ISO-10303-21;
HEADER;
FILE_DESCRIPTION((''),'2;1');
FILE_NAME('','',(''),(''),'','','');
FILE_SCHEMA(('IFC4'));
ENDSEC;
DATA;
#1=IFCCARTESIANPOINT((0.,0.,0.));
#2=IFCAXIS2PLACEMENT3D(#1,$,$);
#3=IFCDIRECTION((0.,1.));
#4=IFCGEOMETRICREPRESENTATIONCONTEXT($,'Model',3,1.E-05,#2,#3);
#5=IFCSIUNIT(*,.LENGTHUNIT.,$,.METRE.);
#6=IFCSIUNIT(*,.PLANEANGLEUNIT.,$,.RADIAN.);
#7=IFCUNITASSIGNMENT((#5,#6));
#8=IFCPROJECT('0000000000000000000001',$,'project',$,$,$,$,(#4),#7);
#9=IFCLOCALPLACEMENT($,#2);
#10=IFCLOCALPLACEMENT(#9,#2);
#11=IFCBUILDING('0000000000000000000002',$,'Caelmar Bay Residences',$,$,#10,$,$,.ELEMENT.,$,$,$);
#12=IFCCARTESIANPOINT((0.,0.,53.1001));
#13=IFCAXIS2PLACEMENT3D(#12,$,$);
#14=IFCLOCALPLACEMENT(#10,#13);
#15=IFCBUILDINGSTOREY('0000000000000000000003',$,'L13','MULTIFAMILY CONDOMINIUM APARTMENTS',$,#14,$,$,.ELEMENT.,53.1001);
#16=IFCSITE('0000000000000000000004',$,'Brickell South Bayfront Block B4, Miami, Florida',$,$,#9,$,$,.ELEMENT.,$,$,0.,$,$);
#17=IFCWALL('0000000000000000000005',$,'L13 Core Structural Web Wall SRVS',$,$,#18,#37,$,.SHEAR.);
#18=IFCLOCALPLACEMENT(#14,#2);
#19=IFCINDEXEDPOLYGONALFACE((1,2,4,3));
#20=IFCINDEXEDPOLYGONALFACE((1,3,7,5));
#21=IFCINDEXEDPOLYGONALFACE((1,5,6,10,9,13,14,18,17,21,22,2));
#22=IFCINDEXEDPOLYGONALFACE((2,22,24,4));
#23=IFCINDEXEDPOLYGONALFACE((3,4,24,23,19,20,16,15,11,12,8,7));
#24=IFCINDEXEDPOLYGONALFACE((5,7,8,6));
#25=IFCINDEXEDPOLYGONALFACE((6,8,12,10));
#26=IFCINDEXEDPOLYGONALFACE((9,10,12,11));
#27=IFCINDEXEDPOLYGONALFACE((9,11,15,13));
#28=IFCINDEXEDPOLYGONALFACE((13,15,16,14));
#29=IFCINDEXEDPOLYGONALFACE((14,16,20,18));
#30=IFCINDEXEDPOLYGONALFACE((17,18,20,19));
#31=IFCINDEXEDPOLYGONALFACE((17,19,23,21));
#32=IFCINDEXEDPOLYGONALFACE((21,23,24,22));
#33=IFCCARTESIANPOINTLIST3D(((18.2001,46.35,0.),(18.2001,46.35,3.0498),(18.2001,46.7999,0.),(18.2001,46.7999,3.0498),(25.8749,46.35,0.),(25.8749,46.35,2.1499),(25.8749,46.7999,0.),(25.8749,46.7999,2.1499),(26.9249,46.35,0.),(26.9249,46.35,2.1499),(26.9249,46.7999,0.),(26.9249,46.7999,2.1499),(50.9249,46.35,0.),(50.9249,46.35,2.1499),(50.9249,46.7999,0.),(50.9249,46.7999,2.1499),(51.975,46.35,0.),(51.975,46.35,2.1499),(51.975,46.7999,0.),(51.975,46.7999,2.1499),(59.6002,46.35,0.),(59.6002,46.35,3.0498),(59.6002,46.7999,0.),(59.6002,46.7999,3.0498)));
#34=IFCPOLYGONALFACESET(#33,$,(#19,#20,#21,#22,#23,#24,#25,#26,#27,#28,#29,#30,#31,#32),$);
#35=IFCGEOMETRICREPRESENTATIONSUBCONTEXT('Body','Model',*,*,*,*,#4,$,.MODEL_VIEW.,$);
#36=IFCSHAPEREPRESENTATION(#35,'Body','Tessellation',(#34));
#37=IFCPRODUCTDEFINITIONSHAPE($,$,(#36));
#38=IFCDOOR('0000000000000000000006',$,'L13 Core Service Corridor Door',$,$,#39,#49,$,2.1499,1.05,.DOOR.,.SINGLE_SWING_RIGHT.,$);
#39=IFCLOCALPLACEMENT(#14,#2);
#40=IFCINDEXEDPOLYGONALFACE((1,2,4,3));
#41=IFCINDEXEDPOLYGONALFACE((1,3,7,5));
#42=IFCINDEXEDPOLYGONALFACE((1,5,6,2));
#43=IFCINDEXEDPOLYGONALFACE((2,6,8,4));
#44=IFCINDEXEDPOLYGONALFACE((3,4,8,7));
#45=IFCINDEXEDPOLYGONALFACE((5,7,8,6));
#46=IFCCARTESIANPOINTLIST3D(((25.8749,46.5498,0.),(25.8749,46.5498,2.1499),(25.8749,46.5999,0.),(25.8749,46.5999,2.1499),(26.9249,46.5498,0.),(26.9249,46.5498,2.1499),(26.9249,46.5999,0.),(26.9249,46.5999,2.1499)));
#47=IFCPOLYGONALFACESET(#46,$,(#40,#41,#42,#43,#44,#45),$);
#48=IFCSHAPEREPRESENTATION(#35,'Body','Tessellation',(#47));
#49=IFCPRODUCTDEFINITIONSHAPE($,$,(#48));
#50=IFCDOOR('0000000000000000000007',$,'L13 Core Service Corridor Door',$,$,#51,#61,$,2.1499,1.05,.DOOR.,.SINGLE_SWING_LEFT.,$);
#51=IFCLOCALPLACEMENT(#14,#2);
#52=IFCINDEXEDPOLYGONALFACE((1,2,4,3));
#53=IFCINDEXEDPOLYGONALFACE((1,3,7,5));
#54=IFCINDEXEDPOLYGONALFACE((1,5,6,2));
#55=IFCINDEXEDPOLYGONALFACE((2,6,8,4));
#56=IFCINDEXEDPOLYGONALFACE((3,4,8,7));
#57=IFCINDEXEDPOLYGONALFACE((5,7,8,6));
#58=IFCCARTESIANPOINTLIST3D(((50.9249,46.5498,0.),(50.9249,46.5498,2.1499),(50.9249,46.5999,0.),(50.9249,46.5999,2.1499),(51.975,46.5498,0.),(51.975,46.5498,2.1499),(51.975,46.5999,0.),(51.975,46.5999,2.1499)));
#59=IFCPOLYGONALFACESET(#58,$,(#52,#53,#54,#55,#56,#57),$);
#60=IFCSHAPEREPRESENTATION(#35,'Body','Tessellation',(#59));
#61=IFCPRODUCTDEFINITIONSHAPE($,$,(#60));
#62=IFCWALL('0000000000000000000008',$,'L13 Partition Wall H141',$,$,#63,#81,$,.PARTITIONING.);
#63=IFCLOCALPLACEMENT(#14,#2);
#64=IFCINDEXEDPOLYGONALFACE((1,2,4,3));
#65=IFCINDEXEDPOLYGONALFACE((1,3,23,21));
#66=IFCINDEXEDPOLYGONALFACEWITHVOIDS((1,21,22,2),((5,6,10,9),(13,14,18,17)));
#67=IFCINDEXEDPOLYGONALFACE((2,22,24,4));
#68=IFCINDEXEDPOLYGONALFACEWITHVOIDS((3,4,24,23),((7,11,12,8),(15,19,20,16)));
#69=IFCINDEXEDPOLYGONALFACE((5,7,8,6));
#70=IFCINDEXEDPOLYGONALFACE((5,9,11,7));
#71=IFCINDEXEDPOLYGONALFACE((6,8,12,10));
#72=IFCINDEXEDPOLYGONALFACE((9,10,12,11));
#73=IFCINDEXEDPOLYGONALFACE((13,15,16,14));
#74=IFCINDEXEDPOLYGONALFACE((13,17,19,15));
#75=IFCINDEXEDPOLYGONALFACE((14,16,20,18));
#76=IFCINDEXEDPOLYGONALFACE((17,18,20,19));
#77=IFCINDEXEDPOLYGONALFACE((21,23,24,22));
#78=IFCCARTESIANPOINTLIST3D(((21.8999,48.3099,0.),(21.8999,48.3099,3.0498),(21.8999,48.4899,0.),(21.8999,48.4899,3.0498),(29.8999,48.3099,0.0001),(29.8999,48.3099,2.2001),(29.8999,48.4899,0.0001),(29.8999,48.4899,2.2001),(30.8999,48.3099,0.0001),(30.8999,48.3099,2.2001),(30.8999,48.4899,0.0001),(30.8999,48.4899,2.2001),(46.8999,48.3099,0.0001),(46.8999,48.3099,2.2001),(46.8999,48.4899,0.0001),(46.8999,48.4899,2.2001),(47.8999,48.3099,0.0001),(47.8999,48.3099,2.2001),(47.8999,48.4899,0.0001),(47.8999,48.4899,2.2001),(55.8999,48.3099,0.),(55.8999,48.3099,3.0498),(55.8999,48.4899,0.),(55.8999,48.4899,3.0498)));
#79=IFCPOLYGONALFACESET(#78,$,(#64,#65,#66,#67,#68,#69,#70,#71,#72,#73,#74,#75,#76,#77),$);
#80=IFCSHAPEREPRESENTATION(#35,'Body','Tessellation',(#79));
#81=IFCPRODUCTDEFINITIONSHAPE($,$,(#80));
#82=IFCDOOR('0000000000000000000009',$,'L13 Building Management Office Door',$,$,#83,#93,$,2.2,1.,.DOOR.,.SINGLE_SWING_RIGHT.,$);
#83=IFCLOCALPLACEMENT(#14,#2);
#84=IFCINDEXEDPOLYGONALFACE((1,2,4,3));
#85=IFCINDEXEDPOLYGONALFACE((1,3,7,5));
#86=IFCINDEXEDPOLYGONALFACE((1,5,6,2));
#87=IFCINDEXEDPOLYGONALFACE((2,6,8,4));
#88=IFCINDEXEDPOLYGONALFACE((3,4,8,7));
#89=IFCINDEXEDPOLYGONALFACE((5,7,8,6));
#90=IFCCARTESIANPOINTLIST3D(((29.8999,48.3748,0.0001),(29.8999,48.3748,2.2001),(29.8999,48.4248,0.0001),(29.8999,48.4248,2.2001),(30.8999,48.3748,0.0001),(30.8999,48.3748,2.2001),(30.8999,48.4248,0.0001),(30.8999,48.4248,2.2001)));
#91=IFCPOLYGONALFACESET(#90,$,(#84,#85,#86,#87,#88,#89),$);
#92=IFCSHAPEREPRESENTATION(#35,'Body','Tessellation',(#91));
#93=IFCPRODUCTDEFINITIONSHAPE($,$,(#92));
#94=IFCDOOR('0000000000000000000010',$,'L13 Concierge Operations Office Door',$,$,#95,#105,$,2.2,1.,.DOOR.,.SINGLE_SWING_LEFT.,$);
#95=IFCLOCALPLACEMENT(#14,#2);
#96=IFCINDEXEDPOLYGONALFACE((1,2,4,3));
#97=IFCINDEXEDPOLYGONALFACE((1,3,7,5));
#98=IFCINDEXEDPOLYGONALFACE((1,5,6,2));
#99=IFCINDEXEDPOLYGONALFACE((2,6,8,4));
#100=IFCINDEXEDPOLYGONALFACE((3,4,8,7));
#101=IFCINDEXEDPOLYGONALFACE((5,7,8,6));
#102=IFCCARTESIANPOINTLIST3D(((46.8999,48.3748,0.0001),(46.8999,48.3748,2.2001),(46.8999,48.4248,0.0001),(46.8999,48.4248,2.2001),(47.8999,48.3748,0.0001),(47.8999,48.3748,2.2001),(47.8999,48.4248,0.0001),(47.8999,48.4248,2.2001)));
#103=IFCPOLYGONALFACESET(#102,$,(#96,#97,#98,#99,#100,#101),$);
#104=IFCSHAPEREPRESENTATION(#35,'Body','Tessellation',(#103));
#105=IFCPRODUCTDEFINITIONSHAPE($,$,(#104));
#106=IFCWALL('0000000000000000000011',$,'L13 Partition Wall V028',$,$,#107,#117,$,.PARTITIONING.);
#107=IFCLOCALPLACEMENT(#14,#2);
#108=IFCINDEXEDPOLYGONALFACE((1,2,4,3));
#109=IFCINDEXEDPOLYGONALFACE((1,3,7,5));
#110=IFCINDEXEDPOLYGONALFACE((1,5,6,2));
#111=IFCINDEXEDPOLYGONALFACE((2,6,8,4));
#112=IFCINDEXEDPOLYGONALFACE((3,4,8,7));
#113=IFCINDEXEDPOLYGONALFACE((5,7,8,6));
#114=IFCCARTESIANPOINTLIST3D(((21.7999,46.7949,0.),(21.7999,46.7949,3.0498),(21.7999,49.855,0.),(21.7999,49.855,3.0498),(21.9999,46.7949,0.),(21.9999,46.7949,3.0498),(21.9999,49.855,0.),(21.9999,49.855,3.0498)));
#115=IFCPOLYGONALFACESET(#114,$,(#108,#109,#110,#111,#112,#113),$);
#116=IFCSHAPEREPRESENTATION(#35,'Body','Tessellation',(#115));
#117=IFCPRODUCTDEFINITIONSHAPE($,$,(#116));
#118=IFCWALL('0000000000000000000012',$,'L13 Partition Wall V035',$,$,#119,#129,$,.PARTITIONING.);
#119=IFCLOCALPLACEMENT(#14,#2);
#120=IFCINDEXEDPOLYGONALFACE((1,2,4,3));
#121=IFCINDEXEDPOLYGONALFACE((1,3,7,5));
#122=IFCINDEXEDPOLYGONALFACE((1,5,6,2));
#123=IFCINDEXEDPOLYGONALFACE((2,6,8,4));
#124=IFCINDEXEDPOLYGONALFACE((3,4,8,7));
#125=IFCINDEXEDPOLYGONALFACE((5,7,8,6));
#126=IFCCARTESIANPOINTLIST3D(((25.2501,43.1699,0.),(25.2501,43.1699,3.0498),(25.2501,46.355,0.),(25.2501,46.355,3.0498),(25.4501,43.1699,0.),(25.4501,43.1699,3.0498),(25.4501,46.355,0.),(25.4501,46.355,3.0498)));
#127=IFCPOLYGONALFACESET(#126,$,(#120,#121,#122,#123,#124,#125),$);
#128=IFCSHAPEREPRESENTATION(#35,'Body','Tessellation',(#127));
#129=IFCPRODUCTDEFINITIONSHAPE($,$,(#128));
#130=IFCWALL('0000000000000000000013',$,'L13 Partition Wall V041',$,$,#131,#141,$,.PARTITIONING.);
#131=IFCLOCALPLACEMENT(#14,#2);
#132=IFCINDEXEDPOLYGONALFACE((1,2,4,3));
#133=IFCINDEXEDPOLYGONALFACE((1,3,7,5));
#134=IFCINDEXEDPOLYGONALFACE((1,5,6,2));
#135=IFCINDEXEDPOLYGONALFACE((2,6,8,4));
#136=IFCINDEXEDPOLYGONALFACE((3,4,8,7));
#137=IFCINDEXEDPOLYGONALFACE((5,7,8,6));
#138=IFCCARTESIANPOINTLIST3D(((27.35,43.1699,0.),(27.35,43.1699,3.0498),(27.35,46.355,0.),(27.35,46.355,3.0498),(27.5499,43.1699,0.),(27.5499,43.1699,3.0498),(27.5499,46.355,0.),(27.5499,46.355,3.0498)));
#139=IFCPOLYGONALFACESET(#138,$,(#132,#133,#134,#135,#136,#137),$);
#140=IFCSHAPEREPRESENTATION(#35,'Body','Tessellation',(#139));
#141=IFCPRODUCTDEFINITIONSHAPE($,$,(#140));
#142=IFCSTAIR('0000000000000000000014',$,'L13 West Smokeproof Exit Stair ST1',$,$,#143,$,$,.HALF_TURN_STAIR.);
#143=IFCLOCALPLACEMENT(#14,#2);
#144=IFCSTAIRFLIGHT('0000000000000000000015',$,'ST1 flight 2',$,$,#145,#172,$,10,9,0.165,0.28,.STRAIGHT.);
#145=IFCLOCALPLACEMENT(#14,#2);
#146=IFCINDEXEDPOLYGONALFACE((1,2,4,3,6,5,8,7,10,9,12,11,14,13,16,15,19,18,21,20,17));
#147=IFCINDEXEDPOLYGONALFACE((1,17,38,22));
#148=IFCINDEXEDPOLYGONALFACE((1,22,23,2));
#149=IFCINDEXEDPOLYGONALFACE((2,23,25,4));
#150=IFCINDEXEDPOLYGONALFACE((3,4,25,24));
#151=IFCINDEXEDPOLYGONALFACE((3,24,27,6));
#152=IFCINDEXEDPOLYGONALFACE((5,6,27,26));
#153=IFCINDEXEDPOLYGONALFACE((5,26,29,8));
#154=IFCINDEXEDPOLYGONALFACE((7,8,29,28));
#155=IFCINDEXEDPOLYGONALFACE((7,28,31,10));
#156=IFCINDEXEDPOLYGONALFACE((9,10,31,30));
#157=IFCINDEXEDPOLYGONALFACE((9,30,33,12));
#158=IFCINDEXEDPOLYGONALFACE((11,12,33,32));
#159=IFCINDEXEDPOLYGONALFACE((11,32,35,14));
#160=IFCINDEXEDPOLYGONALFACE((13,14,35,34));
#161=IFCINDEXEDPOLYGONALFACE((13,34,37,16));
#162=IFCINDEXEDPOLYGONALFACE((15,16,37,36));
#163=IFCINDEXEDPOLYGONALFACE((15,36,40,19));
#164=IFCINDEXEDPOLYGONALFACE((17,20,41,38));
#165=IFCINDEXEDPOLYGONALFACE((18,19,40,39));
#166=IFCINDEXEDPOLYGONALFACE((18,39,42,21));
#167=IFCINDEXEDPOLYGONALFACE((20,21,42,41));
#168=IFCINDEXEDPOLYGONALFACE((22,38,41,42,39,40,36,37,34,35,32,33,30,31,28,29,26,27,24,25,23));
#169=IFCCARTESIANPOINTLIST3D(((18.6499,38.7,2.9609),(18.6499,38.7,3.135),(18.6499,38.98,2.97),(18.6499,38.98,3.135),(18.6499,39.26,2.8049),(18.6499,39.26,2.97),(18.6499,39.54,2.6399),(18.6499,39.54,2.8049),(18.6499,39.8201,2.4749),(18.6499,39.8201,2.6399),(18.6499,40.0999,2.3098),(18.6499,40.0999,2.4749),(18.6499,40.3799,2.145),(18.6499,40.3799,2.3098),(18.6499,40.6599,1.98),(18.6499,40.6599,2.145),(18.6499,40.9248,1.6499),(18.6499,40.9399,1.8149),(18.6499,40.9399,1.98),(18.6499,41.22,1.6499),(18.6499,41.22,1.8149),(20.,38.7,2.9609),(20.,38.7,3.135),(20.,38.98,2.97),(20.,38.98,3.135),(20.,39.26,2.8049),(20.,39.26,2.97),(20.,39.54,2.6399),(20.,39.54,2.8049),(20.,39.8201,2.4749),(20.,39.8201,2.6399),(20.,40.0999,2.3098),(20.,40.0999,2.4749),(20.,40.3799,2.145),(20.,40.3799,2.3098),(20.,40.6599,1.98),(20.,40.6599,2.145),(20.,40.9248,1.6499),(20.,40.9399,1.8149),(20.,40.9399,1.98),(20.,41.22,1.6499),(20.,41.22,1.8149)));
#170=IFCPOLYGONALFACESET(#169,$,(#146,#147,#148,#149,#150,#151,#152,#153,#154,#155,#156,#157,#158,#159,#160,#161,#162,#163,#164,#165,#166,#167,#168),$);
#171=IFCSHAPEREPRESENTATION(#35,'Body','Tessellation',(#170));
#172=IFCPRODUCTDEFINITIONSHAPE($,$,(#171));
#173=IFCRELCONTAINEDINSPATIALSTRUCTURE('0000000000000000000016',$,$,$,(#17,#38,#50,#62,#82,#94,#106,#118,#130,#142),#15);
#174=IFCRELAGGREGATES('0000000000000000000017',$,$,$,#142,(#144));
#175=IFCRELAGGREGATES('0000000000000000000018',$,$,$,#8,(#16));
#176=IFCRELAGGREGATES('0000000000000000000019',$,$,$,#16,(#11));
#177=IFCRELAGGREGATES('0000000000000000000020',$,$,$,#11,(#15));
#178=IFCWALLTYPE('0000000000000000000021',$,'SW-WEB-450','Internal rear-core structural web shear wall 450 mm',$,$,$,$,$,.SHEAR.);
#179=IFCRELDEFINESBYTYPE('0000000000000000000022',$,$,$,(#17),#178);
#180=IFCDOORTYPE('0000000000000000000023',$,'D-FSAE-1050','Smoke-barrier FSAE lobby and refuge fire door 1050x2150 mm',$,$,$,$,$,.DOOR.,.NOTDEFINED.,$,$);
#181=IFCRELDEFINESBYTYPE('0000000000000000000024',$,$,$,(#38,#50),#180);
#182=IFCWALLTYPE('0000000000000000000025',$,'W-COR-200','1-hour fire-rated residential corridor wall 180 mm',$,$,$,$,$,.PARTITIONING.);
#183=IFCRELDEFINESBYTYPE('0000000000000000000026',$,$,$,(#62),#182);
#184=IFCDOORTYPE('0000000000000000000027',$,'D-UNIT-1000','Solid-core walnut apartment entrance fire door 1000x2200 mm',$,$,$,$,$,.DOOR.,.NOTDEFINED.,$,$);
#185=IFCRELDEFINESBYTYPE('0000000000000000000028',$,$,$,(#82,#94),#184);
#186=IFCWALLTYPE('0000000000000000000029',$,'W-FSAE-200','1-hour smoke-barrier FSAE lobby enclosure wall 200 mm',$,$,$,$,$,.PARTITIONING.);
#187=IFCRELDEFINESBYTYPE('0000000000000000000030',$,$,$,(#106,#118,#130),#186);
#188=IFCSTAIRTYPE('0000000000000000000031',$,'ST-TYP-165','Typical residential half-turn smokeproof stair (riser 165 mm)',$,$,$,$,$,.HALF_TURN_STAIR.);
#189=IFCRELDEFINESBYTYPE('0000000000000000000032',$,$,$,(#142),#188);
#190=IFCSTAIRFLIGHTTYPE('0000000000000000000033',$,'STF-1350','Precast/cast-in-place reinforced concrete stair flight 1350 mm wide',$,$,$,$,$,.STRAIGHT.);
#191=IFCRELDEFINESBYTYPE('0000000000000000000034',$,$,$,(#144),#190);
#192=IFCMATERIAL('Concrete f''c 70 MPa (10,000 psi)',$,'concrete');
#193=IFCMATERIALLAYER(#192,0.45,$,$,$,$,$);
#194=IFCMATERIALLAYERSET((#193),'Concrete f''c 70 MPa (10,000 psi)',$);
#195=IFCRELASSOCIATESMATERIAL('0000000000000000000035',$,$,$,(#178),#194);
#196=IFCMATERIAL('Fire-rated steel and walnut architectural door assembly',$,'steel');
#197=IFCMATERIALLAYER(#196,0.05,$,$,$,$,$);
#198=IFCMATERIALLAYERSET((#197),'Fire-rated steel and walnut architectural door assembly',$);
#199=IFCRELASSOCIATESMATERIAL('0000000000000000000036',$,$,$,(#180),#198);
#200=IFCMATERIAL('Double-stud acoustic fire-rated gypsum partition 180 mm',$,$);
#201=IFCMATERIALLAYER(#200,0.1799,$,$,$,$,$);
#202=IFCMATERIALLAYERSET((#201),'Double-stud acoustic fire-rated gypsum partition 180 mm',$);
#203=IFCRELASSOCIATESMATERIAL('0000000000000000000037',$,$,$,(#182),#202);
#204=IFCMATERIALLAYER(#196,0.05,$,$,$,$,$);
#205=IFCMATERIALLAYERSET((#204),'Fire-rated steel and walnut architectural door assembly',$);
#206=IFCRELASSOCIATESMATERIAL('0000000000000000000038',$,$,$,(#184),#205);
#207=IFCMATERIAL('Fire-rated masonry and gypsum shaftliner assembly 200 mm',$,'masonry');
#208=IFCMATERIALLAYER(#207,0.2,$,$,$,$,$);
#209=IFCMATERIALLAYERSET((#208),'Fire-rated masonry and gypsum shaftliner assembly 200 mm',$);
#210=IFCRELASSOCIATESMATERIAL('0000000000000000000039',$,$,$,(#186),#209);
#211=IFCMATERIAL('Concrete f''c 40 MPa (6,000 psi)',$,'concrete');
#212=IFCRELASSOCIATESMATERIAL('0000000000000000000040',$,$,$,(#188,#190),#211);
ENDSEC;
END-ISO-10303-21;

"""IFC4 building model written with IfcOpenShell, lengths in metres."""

from ifc_helpers import new_model, si_unit, direction, frame, frame_2d, origin, place, context, subcontext, project, spatial, polyline, rectangle, outline, extrude, material, layer, layer_set, type_object, element, fill, aggregate, save


model = new_model("IFC4")

# Units and contexts
model_context = context("Model", 3, precision=1e-05, world=origin(), true_north=direction((0.0, 1.0)))
body_context = subcontext(model_context, "Body", "Model", "MODEL_VIEW")
ifc_project = project(units=[si_unit("LENGTHUNIT", "METRE"), si_unit("PLANEANGLEUNIT", "RADIAN")], contexts=[model_context])

# Site, building, storey
site_placement = place(None, origin())
site = spatial("IfcSite", under=ifc_project, at=site_placement, Name="Brickell South Bayfront Block B4, Miami, Florida", CompositionType="ELEMENT", RefElevation=0.0)
building_placement = place(site_placement, origin())
building = spatial("IfcBuilding", under=site, at=building_placement, Name="Caelmar Bay Residences", CompositionType="ELEMENT")
storey_placement = place(building_placement, frame((0.0, 0.0, 53.1001)))
storey = spatial("IfcBuildingStorey", under=building, at=storey_placement, Name="L13", Description="MULTIFAMILY CONDOMINIUM APARTMENTS", CompositionType="ELEMENT", Elevation=53.1001)

# Shared definitions
ifc_material_1 = material(Name="Concrete f'c 70 MPa (10,000 psi)", Category="concrete")

# Walls, openings, doors
ifc_layer_1 = layer(ifc_material_1, 0.45)
ifc_layer_set_1 = layer_set([ifc_layer_1], Name="Concrete f'c 70 MPa (10,000 psi)")
wall_type_1 = type_object("IfcWallType", Name="SW-WEB-450", Description="Internal rear-core structural web shear wall 450 mm", PredefinedType="SHEAR", material=ifc_layer_set_1)
ifc_material_2 = material(Name="Fire-rated steel and walnut architectural door assembly", Category="steel")
ifc_layer_2 = layer(ifc_material_2, 0.05)
ifc_layer_set_2 = layer_set([ifc_layer_2], Name="Fire-rated steel and walnut architectural door assembly")
door_type_1 = type_object("IfcDoorType", Name="D-FSAE-1050", Description="Smoke-barrier FSAE lobby and refuge fire door 1050x2150 mm", OperationType="NOTDEFINED", PredefinedType="DOOR", material=ifc_layer_set_2)
wall_1_placement = place(storey_placement, frame((18.2, 46.575, 0.0), z_axis=(0.0, 0.0, 1.0), x_axis=(1.0, 0.0, 0.0)))
wall_1 = element("IfcWall", 1, at=wall_1_placement, inside=storey, type_object=wall_type_1, Name="L13 Core Structural Web Wall SRVS", PredefinedType="SHEAR", context=body_context, shape_type="SweptSolid", body=[
    extrude(rectangle(XDim=41.4001, YDim=0.45, at=frame_2d((20.7002, 0.0))), origin(), (0.0, 0.0, 1.0), 3.0498),
])
opening_1_placement = place(wall_1_placement, frame((7.675, 0.0, 0.0)))
opening_1 = element("IfcOpeningElement", 2, at=opening_1_placement, cuts=wall_1, PredefinedType="OPENING", context=body_context, shape_type="SweptSolid", body=[
    extrude(rectangle(XDim=1.05, YDim=2.1499, at=frame_2d((0.5249, 1.075))), frame((0.0, 0.2349, 0.0), z_axis=(0.0, -1.0, 0.0), x_axis=(1.0, 0.0, 0.0)), (0.0, 0.0, 1.0), 0.47),
])
opening_2_placement = place(wall_1_placement, frame((32.7251, 0.0, 0.0)))
opening_2 = element("IfcOpeningElement", 3, at=opening_2_placement, cuts=wall_1, PredefinedType="OPENING", context=body_context, shape_type="SweptSolid", body=[
    extrude(rectangle(XDim=1.05, YDim=2.1499, at=frame_2d((0.5249, 1.075))), frame((0.0, 0.2349, 0.0), z_axis=(0.0, -1.0, 0.0), x_axis=(1.0, 0.0, 0.0)), (0.0, 0.0, 1.0), 0.47),
])
door_1_placement = place(opening_1_placement, origin())
door_1 = element("IfcDoor", 4, at=door_1_placement, inside=storey, type_object=door_type_1, Name="L13 Core Service Corridor Door", OperationType="SINGLE_SWING_RIGHT", OverallHeight=2.1499, OverallWidth=1.05, PredefinedType="DOOR", context=body_context, shape_type="SweptSolid", body=[
    extrude(rectangle(XDim=1.05, YDim=2.1499, at=frame_2d((0.5249, 1.075))), frame((0.0, 0.0249, 0.0), z_axis=(0.0, -1.0, 0.0), x_axis=(1.0, 0.0, 0.0)), (0.0, 0.0, 1.0), 0.05),
])
fill(opening_1, door_1)
door_2_placement = place(opening_2_placement, origin())
door_2 = element("IfcDoor", 5, at=door_2_placement, inside=storey, type_object=door_type_1, Name="L13 Core Service Corridor Door", OperationType="SINGLE_SWING_LEFT", OverallHeight=2.1499, OverallWidth=1.05, PredefinedType="DOOR", context=body_context, shape_type="SweptSolid", body=[
    extrude(rectangle(XDim=1.05, YDim=2.1499, at=frame_2d((0.5249, 1.075))), frame((0.0, 0.0249, 0.0), z_axis=(0.0, -1.0, 0.0), x_axis=(1.0, 0.0, 0.0)), (0.0, 0.0, 1.0), 0.05),
])
fill(opening_2, door_2)
ifc_material_3 = material(Name="Double-stud acoustic fire-rated gypsum partition 180 mm")
ifc_layer_3 = layer(ifc_material_3, 0.1799)
ifc_layer_set_3 = layer_set([ifc_layer_3], Name="Double-stud acoustic fire-rated gypsum partition 180 mm")
wall_type_2 = type_object("IfcWallType", Name="W-COR-200", Description="1-hour fire-rated residential corridor wall 180 mm", PredefinedType="PARTITIONING", material=ifc_layer_set_3)
wall_2_placement = place(storey_placement, frame((21.8999, 48.3999, 0.0), z_axis=(0.0, 0.0, 1.0), x_axis=(1.0, 0.0, 0.0)))
wall_2 = element("IfcWall", 6, at=wall_2_placement, inside=storey, type_object=wall_type_2, Name="L13 Partition Wall H141", PredefinedType="PARTITIONING", context=body_context, shape_type="SweptSolid", body=[
    extrude(rectangle(XDim=34.0, YDim=0.1799, at=frame_2d((17.0, 0.0))), origin(), (0.0, 0.0, 1.0), 3.0498),
])
opening_3_placement = place(wall_2_placement, frame((8.0, 0.0, 0.0)))
opening_3 = element("IfcOpeningElement", 7, at=opening_3_placement, cuts=wall_2, PredefinedType="OPENING", context=body_context, shape_type="SweptSolid", body=[
    extrude(rectangle(XDim=1.0, YDim=2.2, at=frame_2d((0.5, 1.1001))), frame((0.0, 0.0999, 0.0), z_axis=(0.0, -1.0, 0.0), x_axis=(1.0, 0.0, 0.0)), (0.0, 0.0, 1.0), 0.2),
])
opening_4_placement = place(wall_2_placement, frame((25.0, 0.0, 0.0)))
opening_4 = element("IfcOpeningElement", 8, at=opening_4_placement, cuts=wall_2, PredefinedType="OPENING", context=body_context, shape_type="SweptSolid", body=[
    extrude(rectangle(XDim=1.0, YDim=2.2, at=frame_2d((0.5, 1.1001))), frame((0.0, 0.0999, 0.0), z_axis=(0.0, -1.0, 0.0), x_axis=(1.0, 0.0, 0.0)), (0.0, 0.0, 1.0), 0.2),
])
ifc_layer_4 = layer(ifc_material_2, 0.05)
ifc_layer_set_4 = layer_set([ifc_layer_4], Name="Fire-rated steel and walnut architectural door assembly")
door_type_2 = type_object("IfcDoorType", Name="D-UNIT-1000", Description="Solid-core walnut apartment entrance fire door 1000x2200 mm", OperationType="NOTDEFINED", PredefinedType="DOOR", material=ifc_layer_set_4)
door_3_placement = place(opening_3_placement, origin())
door_3 = element("IfcDoor", 9, at=door_3_placement, inside=storey, type_object=door_type_2, Name="L13 Building Management Office Door", OperationType="SINGLE_SWING_RIGHT", OverallHeight=2.2, OverallWidth=1.0, PredefinedType="DOOR", context=body_context, shape_type="SweptSolid", body=[
    extrude(rectangle(XDim=1.0, YDim=2.2, at=frame_2d((0.5, 1.1001))), frame((0.0, 0.0249, 0.0), z_axis=(0.0, -1.0, 0.0), x_axis=(1.0, 0.0, 0.0)), (0.0, 0.0, 1.0), 0.05),
])
fill(opening_3, door_3)
door_4_placement = place(opening_4_placement, origin())
door_4 = element("IfcDoor", 10, at=door_4_placement, inside=storey, type_object=door_type_2, Name="L13 Concierge Operations Office Door", OperationType="SINGLE_SWING_LEFT", OverallHeight=2.2, OverallWidth=1.0, PredefinedType="DOOR", context=body_context, shape_type="SweptSolid", body=[
    extrude(rectangle(XDim=1.0, YDim=2.2, at=frame_2d((0.5, 1.1001))), frame((0.0, 0.0249, 0.0), z_axis=(0.0, -1.0, 0.0), x_axis=(1.0, 0.0, 0.0)), (0.0, 0.0, 1.0), 0.05),
])
fill(opening_4, door_4)

# Walls
ifc_material_4 = material(Name="Fire-rated masonry and gypsum shaftliner assembly 200 mm", Category="masonry")
ifc_layer_5 = layer(ifc_material_4, 0.2)
ifc_layer_set_5 = layer_set([ifc_layer_5], Name="Fire-rated masonry and gypsum shaftliner assembly 200 mm")
wall_type_3 = type_object("IfcWallType", Name="W-FSAE-200", Description="1-hour smoke-barrier FSAE lobby enclosure wall 200 mm", PredefinedType="PARTITIONING", material=ifc_layer_set_5)
wall_3_placement = place(storey_placement, frame((21.8999, 46.7949, 0.0), z_axis=(0.0, 0.0, 1.0), x_axis=(0.0, 1.0, 0.0)))
element("IfcWall", 11, at=wall_3_placement, inside=storey, type_object=wall_type_3, Name="L13 Partition Wall V028", PredefinedType="PARTITIONING", context=body_context, shape_type="SweptSolid", body=[
    extrude(rectangle(XDim=3.0601, YDim=0.2, at=frame_2d((1.53, 0.0))), origin(), (0.0, 0.0, 1.0), 3.0498),
])
for number, where, z_axis, x_axis, name in (
    (12, (25.3501, 43.1699, 0.0), (0.0, 0.0, 1.0), (0.0, 1.0, 0.0), "L13 Partition Wall V035"),
    (13, (27.45, 43.1699, 0.0), (0.0, 0.0, 1.0), (0.0, 1.0, 0.0), "L13 Partition Wall V041"),
):
    element("IfcWall", number, at=place(storey_placement, frame(where, z_axis=z_axis, x_axis=x_axis)), inside=storey, type_object=wall_type_3, Name=name, PredefinedType="PARTITIONING", context=body_context, shape_type="SweptSolid", body=[
        extrude(rectangle(XDim=3.1851, YDim=0.2, at=frame_2d((1.5925, 0.0))), origin(), (0.0, 0.0, 1.0), 3.0498),
    ])

# Stair, stair flight
ifc_material_5 = material(Name="Concrete f'c 40 MPa (6,000 psi)", Category="concrete")
stair_type = type_object("IfcStairType", Name="ST-TYP-165", Description="Typical residential half-turn smokeproof stair (riser 165 mm)", PredefinedType="HALF_TURN_STAIR", material=ifc_material_5)
stair_1_placement = place(storey_placement, origin())
stair_1 = element("IfcStair", 14, at=stair_1_placement, inside=storey, type_object=stair_type, Name="L13 West Smokeproof Exit Stair ST1", PredefinedType="HALF_TURN_STAIR")
stair_flight_type = type_object("IfcStairFlightType", Name="STF-1350", Description="Precast/cast-in-place reinforced concrete stair flight 1350 mm wide", PredefinedType="STRAIGHT", material=ifc_material_5)
stair_flight_1_placement = place(storey_placement, frame((19.325, 41.22, 1.6499), z_axis=(0.0, 0.0, 1.0), x_axis=(0.0, -1.0, 0.0)))
stair_flight_1 = element("IfcStairFlight", 15, at=stair_flight_1_placement, type_object=stair_flight_type, Name="ST1 flight 2", NumberOfRisers=10, NumberOfTreads=9, PredefinedType="STRAIGHT", RiserHeight=0.165, TreadLength=0.28, context=body_context, shape_type="SweptSolid", body=[
    extrude(outline(polyline([(0.0, 0.0), (0.0, 0.165), (0.28, 0.165), (0.28, 0.3301), (0.5601, 0.3301), (0.5601, 0.4951), (0.8401, 0.4951), (0.8401, 0.6599), (1.1201, 0.6599), (1.1201, 0.825), (1.3999, 0.825), (1.3999, 0.99), (1.6799, 0.99), (1.6799, 1.155), (1.96, 1.155), (1.96, 1.3201), (2.24, 1.3201), (2.24, 1.4851), (2.52, 1.4851), (2.52, 1.6499), (2.52, 1.311), (0.2952, 0.0), (0.0, 0.0)])), frame((0.0, 0.675, 0.0), z_axis=(0.0, -1.0, 0.0), x_axis=(1.0, 0.0, 0.0)), (0.0, 0.0, 1.0), 1.3501),
])
aggregate(stair_1, [stair_flight_1])

save(model, "model.ifc")
